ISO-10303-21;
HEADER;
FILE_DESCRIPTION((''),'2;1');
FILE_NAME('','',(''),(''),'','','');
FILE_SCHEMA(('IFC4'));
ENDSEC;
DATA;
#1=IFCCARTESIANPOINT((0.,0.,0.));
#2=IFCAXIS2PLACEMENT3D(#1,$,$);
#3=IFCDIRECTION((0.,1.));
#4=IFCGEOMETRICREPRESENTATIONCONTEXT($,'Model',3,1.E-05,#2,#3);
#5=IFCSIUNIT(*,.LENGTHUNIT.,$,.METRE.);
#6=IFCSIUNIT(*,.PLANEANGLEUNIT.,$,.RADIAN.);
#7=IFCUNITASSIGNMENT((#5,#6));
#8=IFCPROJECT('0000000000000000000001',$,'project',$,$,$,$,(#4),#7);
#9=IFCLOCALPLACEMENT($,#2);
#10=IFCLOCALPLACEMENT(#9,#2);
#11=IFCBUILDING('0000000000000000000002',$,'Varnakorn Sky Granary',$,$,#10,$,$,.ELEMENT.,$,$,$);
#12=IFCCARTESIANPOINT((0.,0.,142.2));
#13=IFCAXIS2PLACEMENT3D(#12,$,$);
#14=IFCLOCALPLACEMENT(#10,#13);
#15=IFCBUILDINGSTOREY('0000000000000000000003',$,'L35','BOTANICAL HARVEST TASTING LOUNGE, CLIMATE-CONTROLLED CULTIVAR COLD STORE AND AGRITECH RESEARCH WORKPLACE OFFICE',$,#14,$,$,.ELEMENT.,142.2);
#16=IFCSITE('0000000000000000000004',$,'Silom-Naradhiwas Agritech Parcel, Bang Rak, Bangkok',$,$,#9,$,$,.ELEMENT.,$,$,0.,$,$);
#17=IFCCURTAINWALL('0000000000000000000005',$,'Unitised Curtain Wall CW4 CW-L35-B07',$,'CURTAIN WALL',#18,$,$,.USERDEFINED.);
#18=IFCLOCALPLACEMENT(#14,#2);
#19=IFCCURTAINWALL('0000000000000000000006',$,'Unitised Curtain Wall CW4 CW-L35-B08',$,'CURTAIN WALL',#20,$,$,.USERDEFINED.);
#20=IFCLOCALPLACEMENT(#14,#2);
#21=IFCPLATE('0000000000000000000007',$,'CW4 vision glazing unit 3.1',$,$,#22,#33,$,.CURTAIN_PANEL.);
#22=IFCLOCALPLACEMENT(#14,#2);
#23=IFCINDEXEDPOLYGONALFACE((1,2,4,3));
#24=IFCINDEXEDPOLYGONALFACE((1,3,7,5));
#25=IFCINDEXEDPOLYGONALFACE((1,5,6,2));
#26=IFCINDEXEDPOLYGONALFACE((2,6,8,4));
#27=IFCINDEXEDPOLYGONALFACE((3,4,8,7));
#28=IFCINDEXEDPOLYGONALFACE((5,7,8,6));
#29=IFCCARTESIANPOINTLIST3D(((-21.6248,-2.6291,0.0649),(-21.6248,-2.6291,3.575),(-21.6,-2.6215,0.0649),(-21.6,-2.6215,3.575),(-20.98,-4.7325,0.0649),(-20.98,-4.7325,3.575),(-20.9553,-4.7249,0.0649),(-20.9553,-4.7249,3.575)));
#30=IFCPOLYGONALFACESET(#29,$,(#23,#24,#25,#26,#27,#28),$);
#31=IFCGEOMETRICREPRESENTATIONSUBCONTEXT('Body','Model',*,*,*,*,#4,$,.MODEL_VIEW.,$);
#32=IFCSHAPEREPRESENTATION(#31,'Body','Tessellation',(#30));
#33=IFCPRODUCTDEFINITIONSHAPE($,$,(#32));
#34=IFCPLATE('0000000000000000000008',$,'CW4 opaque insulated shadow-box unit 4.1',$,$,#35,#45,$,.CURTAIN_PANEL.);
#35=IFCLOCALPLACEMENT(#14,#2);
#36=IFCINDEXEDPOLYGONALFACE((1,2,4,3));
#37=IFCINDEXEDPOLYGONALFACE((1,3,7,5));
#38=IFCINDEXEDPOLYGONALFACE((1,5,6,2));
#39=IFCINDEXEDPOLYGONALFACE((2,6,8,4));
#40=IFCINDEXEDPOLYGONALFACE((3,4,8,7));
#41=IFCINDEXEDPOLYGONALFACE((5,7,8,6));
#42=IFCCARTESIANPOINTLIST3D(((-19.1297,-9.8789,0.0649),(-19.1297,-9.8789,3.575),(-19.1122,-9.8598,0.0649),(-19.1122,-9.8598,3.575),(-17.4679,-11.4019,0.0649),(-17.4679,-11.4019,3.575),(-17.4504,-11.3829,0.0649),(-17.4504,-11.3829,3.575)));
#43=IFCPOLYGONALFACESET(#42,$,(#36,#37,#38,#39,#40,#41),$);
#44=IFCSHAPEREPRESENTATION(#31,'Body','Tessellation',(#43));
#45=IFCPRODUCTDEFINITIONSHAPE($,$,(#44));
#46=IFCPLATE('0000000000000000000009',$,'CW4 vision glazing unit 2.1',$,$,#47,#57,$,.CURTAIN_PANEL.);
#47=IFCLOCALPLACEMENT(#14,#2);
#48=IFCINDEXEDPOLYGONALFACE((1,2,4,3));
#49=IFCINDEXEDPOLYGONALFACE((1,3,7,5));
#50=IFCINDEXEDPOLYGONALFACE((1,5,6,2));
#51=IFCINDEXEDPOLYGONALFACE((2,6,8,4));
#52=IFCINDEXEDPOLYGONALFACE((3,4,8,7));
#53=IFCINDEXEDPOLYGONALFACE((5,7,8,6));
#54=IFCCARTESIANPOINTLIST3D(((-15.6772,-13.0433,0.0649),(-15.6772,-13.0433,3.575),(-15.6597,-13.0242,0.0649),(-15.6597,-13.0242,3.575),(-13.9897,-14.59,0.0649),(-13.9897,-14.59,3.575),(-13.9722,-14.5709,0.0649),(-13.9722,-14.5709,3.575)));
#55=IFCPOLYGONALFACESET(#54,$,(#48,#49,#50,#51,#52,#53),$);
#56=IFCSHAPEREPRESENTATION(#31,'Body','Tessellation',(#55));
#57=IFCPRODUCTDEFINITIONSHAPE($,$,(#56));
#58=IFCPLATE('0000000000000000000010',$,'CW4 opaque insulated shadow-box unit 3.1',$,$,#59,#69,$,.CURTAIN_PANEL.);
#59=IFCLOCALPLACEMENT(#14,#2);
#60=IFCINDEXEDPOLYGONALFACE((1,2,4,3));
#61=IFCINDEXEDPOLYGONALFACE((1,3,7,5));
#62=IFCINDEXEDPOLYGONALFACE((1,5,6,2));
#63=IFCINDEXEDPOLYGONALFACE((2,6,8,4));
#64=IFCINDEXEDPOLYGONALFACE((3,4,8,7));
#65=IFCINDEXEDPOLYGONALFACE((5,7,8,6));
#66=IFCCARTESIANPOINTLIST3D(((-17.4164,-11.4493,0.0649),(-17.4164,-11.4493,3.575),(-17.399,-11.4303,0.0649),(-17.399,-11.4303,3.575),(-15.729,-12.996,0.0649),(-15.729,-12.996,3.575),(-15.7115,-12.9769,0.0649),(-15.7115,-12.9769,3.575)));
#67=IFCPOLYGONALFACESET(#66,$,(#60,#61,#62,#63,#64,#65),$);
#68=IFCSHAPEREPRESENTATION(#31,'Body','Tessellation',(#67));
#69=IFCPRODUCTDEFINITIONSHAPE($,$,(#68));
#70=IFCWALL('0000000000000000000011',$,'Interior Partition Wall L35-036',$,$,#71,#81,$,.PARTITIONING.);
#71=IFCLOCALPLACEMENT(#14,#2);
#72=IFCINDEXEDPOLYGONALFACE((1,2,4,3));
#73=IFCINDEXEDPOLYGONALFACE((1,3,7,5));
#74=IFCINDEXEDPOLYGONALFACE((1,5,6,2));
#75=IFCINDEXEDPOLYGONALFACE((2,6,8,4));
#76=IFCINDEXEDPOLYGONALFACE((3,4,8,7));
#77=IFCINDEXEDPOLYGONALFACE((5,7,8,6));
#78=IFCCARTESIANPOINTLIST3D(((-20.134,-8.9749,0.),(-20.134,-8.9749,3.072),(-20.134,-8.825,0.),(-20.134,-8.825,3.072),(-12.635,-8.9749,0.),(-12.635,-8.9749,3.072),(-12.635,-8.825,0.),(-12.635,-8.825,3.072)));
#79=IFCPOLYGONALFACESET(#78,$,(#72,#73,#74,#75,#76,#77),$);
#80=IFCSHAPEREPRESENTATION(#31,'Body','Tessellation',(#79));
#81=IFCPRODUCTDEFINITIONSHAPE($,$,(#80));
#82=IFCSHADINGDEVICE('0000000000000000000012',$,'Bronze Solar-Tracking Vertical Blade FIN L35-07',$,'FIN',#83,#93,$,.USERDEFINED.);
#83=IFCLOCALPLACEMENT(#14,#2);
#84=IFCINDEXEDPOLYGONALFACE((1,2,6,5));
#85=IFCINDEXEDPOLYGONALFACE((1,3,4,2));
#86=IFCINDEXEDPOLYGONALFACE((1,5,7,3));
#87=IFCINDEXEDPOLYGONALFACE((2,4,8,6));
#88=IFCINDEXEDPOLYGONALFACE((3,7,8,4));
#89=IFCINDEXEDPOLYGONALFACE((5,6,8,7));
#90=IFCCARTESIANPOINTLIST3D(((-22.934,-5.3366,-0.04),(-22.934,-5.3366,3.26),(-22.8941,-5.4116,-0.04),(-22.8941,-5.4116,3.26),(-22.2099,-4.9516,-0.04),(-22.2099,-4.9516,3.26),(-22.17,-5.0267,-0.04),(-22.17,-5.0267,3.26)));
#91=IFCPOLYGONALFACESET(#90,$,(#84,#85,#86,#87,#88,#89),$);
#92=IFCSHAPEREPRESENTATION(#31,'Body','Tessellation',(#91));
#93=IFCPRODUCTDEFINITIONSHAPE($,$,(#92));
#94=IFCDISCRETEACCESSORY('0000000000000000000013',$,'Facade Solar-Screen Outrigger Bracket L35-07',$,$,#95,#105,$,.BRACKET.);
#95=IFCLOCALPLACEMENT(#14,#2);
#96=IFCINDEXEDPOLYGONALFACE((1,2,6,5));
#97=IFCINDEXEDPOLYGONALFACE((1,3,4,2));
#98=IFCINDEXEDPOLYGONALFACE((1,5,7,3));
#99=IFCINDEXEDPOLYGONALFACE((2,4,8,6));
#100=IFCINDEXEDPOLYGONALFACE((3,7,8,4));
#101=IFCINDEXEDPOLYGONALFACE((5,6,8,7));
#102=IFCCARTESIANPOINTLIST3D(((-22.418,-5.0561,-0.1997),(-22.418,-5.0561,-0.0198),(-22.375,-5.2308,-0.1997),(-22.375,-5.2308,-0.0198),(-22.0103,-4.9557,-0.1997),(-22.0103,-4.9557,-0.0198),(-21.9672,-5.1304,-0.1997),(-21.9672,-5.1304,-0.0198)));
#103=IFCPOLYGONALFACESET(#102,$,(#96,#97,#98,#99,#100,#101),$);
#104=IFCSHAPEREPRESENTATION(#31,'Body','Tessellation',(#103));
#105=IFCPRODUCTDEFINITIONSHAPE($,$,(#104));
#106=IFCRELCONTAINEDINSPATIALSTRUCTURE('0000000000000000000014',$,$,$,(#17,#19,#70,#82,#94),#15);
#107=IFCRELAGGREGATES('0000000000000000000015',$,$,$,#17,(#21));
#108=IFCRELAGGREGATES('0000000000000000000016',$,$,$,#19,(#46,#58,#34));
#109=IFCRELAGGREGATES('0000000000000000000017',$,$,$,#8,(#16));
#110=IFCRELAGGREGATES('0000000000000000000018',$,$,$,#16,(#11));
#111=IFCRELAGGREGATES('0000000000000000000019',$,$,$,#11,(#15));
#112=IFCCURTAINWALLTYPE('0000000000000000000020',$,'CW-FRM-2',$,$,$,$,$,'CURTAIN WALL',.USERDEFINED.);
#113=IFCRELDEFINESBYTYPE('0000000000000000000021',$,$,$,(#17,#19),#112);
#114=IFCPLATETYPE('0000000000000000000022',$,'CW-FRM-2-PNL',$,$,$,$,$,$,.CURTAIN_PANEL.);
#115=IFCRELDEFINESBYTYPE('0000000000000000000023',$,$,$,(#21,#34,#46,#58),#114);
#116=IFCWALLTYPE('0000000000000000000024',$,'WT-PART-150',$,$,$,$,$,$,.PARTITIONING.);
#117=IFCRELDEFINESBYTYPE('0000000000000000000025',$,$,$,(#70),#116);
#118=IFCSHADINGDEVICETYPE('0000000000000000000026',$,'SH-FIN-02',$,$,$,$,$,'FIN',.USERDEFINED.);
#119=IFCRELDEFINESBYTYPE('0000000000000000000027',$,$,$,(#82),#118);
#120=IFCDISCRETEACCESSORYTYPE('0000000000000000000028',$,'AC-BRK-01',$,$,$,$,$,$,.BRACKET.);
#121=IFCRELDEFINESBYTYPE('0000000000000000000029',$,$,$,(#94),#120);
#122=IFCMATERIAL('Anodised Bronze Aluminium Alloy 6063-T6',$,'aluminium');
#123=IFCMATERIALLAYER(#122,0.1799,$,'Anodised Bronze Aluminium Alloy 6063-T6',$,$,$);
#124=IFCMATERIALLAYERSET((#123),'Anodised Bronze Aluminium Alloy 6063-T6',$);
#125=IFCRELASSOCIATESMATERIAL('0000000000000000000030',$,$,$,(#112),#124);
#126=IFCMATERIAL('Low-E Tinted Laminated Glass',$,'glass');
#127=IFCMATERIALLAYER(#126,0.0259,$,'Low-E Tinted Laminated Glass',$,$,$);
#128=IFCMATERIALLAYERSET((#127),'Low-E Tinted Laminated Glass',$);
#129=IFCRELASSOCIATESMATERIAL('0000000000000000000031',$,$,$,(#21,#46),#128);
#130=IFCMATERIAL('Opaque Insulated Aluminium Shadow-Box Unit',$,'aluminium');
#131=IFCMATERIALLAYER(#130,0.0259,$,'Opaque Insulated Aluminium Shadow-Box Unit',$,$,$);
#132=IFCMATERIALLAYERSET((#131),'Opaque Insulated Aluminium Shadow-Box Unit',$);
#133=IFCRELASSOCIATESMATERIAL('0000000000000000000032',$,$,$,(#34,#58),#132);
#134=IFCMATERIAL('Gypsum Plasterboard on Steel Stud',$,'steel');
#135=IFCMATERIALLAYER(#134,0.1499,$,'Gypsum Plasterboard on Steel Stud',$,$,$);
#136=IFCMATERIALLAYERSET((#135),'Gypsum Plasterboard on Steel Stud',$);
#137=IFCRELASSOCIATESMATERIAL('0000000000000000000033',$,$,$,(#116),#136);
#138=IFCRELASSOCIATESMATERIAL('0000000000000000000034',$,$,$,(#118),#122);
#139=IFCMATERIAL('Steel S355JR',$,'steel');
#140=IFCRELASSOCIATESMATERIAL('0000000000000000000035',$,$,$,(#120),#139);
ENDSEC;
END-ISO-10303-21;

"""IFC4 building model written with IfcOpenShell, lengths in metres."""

from ifc_helpers import new_model, si_unit, direction, frame, frame_2d, origin, origin_2d, place, context, subcontext, project, spatial, rectangle, extrude, source, transform, mapped, material, layer, layer_set, type_object, type_shapes, element, aggregate, save


model = new_model("IFC4")

# Units and contexts
model_context = context("Model", 3, precision=1e-05, world=origin(), true_north=direction((0.0, 1.0)))
body_context = subcontext(model_context, "Body", "Model", "MODEL_VIEW")
ifc_project = project(units=[si_unit("LENGTHUNIT", "METRE"), si_unit("PLANEANGLEUNIT", "RADIAN")], contexts=[model_context])

# Site, building, storey
site_placement = place(None, origin())
site = spatial("IfcSite", under=ifc_project, at=site_placement, Name="Silom-Naradhiwas Agritech Parcel, Bang Rak, Bangkok", CompositionType="ELEMENT", RefElevation=0.0)
building_placement = place(site_placement, origin())
building = spatial("IfcBuilding", under=site, at=building_placement, Name="Varnakorn Sky Granary", CompositionType="ELEMENT")
storey_placement = place(building_placement, frame((0.0, 0.0, 142.2)))
storey = spatial("IfcBuildingStorey", under=building, at=storey_placement, Name="L35", Description="BOTANICAL HARVEST TASTING LOUNGE, CLIMATE-CONTROLLED CULTIVAR COLD STORE AND AGRITECH RESEARCH WORKPLACE OFFICE", CompositionType="ELEMENT", Elevation=142.2)

# Shared definitions
ifc_material_1 = material(Name="Steel S355JR", Category="steel")

# Curtain walls
ifc_material_2 = material(Name="Anodised Bronze Aluminium Alloy 6063-T6", Category="aluminium")
ifc_layer_1 = layer(ifc_material_2, 0.1799, Name="Anodised Bronze Aluminium Alloy 6063-T6")
ifc_layer_set_1 = layer_set([ifc_layer_1], Name="Anodised Bronze Aluminium Alloy 6063-T6")
curtain_wall_type = type_object("IfcCurtainWallType", Name="CW-FRM-2", ElementType="CURTAIN WALL", PredefinedType="USERDEFINED", material=ifc_layer_set_1)
curtain_wall_1_placement = place(storey_placement, origin())
curtain_wall_1 = element("IfcCurtainWall", 1, at=curtain_wall_1_placement, inside=storey, type_object=curtain_wall_type, Name="Unitised Curtain Wall CW4 CW-L35-B07", ObjectType="CURTAIN WALL", PredefinedType="USERDEFINED")
curtain_wall_2_placement = place(storey_placement, origin())
curtain_wall_2 = element("IfcCurtainWall", 2, at=curtain_wall_2_placement, inside=storey, type_object=curtain_wall_type, Name="Unitised Curtain Wall CW4 CW-L35-B08", ObjectType="CURTAIN WALL", PredefinedType="USERDEFINED")

# Plates
ifc_material_3 = material(Name="Opaque Insulated Aluminium Shadow-Box Unit", Category="aluminium")
ifc_layer_2 = layer(ifc_material_3, 0.0259, Name="Opaque Insulated Aluminium Shadow-Box Unit")
ifc_layer_set_2 = layer_set([ifc_layer_2], Name="Opaque Insulated Aluminium Shadow-Box Unit")
plate_type = type_object("IfcPlateType", Name="CW-FRM-2-PNL", PredefinedType="CURTAIN_PANEL")
ifc_material_4 = material(Name="Low-E Tinted Laminated Glass", Category="glass")
ifc_layer_3 = layer(ifc_material_4, 0.0259, Name="Low-E Tinted Laminated Glass")
ifc_layer_set_3 = layer_set([ifc_layer_3], Name="Low-E Tinted Laminated Glass")
shared_shape_1 = source(origin(), body_context, "Body", "SweptSolid", [
    extrude(rectangle(XDim=2.2, YDim=0.0259, at=origin_2d()), origin(), (0.0, 0.0, 1.0), 3.51),
])
plate_1_placement = place(storey_placement, frame((-21.29, -3.677, 0.0649), z_axis=(0.0, 0.0, 1.0), x_axis=(-0.293068, 0.956092, 0.0)))
plate_1 = element("IfcPlate", 3, at=plate_1_placement, type_object=plate_type, material=ifc_layer_set_3, Name="CW4 vision glazing unit 3.1", PredefinedType="CURTAIN_PANEL", context=body_context, shape_type="MappedRepresentation", body=[
    mapped(shared_shape_1, transform((0.0, 0.0, 0.0), x_axis=(1.0, 0.0, 0.0), y_axis=(0.0, 1.0, 0.0), z_axis=(0.0, 0.0, 1.0), scale=1.0)),
])
aggregate(curtain_wall_1, [plate_1])
shared_shape_2 = source(origin(), body_context, "Body", "SweptSolid", [
    extrude(rectangle(XDim=2.2542, YDim=0.0259, at=origin_2d()), origin(), (0.0, 0.0, 1.0), 3.51),
])
plate_2_placement = place(storey_placement, frame((-18.29, -10.6309, 0.0649), z_axis=(0.0, 0.0, 1.0), x_axis=(-0.737191, 0.675685, 0.0)))
plate_2 = element("IfcPlate", 4, at=plate_2_placement, type_object=plate_type, material=ifc_layer_set_2, Name="CW4 opaque insulated shadow-box unit 4.1", PredefinedType="CURTAIN_PANEL", context=body_context, shape_type="MappedRepresentation", body=[
    mapped(shared_shape_2, transform((0.0, 0.0, 0.0), x_axis=(1.0, 0.0, 0.0), y_axis=(0.0, 1.0, 0.0), z_axis=(0.0, 0.0, 1.0), scale=1.0)),
])
shared_shape_3 = source(origin(), body_context, "Body", "SweptSolid", [
    extrude(rectangle(XDim=2.2891, YDim=0.0259, at=origin_2d()), origin(), (0.0, 0.0, 1.0), 3.51),
])
plate_3_placement = place(storey_placement, frame((-14.8247, -13.8071, 0.0649), z_axis=(0.0, 0.0, 1.0), x_axis=(-0.737191, 0.675685, 0.0)))
plate_3 = element("IfcPlate", 5, at=plate_3_placement, type_object=plate_type, material=ifc_layer_set_3, Name="CW4 vision glazing unit 2.1", PredefinedType="CURTAIN_PANEL", context=body_context, shape_type="MappedRepresentation", body=[
    mapped(shared_shape_3, transform((0.0, 0.0, 0.0), x_axis=(1.0, 0.0, 0.0), y_axis=(0.0, 1.0, 0.0), z_axis=(0.0, 0.0, 1.0), scale=1.0)),
])
plate_4_placement = place(storey_placement, frame((-16.564, -12.2131, 0.0649), z_axis=(0.0, 0.0, 1.0), x_axis=(-0.737191, 0.675685, 0.0)))
plate_4 = element("IfcPlate", 6, at=plate_4_placement, type_object=plate_type, material=ifc_layer_set_2, Name="CW4 opaque insulated shadow-box unit 3.1", PredefinedType="CURTAIN_PANEL", context=body_context, shape_type="MappedRepresentation", body=[
    mapped(shared_shape_3, transform((0.0, 0.0, 0.0), x_axis=(1.0, 0.0, 0.0), y_axis=(0.0, 1.0, 0.0), z_axis=(0.0, 0.0, 1.0), scale=1.0)),
])
aggregate(curtain_wall_2, [plate_3, plate_4, plate_2])

# Wall
ifc_material_5 = material(Name="Gypsum Plasterboard on Steel Stud", Category="steel")
ifc_layer_4 = layer(ifc_material_5, 0.1499, Name="Gypsum Plasterboard on Steel Stud")
ifc_layer_set_4 = layer_set([ifc_layer_4], Name="Gypsum Plasterboard on Steel Stud")
wall_type = type_object("IfcWallType", Name="WT-PART-150", PredefinedType="PARTITIONING", material=ifc_layer_set_4)
wall_placement = place(storey_placement, frame((-20.134, -8.8999, 0.0), z_axis=(0.0, 0.0, 1.0), x_axis=(1.0, 0.0, 0.0)))
element("IfcWall", 7, at=wall_placement, inside=storey, type_object=wall_type, Name="Interior Partition Wall L35-036", PredefinedType="PARTITIONING", context=body_context, shape_type="SweptSolid", body=[
    extrude(rectangle(XDim=7.499, YDim=0.1499, at=frame_2d((3.7495, 0.0))), origin(), (0.0, 0.0, 1.0), 3.072),
])

# Shading device
shading_device_type = type_object("IfcShadingDeviceType", Name="SH-FIN-02", ElementType="FIN", PredefinedType="USERDEFINED", material=ifc_material_2)
shared_shape_4 = source(origin(), body_context, "Body", "SweptSolid", [
    extrude(rectangle(XDim=0.085, YDim=0.8201, at=origin_2d()), origin(), (0.0, 0.0, 1.0), 3.3),
])
type_shapes(shading_device_type, [shared_shape_4])
shading_device_placement = place(storey_placement, frame((-22.552, -5.1816, -0.04), z_axis=(0.0, 0.0, 1.0), x_axis=(0.46947, -0.882949, 0.0)))
element("IfcShadingDevice", 8, at=shading_device_placement, inside=storey, type_object=shading_device_type, Name="Bronze Solar-Tracking Vertical Blade FIN L35-07", ObjectType="FIN", PredefinedType="USERDEFINED", context=body_context, shape_type="MappedRepresentation", body=[
    mapped(shared_shape_4, transform((0.0, 0.0, 0.0), x_axis=(1.0, 0.0, 0.0), y_axis=(0.0, 1.0, 0.0), z_axis=(0.0, 0.0, 1.0), scale=1.0)),
])

# Discrete accessory
discrete_accessory_type = type_object("IfcDiscreteAccessoryType", Name="AC-BRK-01", PredefinedType="BRACKET", material=ifc_material_1)
shared_shape_5 = source(origin(), body_context, "Body", "SweptSolid", [
    extrude(rectangle(XDim=0.1799, YDim=0.4199, at=origin_2d()), origin(), (0.0, 0.0, 1.0), 0.1799),
])
type_shapes(discrete_accessory_type, [shared_shape_5])
discrete_accessory_placement = place(storey_placement, frame((-22.1926, -5.0933, -0.1997), z_axis=(0.0, 0.0, 1.0), x_axis=(0.239005, -0.971018, 0.0)))
element("IfcDiscreteAccessory", 9, at=discrete_accessory_placement, inside=storey, type_object=discrete_accessory_type, Name="Facade Solar-Screen Outrigger Bracket L35-07", PredefinedType="BRACKET", context=body_context, shape_type="MappedRepresentation", body=[
    mapped(shared_shape_5, transform((0.0, 0.0, 0.0), x_axis=(1.0, 0.0, 0.0), y_axis=(0.0, 1.0, 0.0), z_axis=(0.0, 0.0, 1.0), scale=1.0)),
])

save(model, "model.ifc")
